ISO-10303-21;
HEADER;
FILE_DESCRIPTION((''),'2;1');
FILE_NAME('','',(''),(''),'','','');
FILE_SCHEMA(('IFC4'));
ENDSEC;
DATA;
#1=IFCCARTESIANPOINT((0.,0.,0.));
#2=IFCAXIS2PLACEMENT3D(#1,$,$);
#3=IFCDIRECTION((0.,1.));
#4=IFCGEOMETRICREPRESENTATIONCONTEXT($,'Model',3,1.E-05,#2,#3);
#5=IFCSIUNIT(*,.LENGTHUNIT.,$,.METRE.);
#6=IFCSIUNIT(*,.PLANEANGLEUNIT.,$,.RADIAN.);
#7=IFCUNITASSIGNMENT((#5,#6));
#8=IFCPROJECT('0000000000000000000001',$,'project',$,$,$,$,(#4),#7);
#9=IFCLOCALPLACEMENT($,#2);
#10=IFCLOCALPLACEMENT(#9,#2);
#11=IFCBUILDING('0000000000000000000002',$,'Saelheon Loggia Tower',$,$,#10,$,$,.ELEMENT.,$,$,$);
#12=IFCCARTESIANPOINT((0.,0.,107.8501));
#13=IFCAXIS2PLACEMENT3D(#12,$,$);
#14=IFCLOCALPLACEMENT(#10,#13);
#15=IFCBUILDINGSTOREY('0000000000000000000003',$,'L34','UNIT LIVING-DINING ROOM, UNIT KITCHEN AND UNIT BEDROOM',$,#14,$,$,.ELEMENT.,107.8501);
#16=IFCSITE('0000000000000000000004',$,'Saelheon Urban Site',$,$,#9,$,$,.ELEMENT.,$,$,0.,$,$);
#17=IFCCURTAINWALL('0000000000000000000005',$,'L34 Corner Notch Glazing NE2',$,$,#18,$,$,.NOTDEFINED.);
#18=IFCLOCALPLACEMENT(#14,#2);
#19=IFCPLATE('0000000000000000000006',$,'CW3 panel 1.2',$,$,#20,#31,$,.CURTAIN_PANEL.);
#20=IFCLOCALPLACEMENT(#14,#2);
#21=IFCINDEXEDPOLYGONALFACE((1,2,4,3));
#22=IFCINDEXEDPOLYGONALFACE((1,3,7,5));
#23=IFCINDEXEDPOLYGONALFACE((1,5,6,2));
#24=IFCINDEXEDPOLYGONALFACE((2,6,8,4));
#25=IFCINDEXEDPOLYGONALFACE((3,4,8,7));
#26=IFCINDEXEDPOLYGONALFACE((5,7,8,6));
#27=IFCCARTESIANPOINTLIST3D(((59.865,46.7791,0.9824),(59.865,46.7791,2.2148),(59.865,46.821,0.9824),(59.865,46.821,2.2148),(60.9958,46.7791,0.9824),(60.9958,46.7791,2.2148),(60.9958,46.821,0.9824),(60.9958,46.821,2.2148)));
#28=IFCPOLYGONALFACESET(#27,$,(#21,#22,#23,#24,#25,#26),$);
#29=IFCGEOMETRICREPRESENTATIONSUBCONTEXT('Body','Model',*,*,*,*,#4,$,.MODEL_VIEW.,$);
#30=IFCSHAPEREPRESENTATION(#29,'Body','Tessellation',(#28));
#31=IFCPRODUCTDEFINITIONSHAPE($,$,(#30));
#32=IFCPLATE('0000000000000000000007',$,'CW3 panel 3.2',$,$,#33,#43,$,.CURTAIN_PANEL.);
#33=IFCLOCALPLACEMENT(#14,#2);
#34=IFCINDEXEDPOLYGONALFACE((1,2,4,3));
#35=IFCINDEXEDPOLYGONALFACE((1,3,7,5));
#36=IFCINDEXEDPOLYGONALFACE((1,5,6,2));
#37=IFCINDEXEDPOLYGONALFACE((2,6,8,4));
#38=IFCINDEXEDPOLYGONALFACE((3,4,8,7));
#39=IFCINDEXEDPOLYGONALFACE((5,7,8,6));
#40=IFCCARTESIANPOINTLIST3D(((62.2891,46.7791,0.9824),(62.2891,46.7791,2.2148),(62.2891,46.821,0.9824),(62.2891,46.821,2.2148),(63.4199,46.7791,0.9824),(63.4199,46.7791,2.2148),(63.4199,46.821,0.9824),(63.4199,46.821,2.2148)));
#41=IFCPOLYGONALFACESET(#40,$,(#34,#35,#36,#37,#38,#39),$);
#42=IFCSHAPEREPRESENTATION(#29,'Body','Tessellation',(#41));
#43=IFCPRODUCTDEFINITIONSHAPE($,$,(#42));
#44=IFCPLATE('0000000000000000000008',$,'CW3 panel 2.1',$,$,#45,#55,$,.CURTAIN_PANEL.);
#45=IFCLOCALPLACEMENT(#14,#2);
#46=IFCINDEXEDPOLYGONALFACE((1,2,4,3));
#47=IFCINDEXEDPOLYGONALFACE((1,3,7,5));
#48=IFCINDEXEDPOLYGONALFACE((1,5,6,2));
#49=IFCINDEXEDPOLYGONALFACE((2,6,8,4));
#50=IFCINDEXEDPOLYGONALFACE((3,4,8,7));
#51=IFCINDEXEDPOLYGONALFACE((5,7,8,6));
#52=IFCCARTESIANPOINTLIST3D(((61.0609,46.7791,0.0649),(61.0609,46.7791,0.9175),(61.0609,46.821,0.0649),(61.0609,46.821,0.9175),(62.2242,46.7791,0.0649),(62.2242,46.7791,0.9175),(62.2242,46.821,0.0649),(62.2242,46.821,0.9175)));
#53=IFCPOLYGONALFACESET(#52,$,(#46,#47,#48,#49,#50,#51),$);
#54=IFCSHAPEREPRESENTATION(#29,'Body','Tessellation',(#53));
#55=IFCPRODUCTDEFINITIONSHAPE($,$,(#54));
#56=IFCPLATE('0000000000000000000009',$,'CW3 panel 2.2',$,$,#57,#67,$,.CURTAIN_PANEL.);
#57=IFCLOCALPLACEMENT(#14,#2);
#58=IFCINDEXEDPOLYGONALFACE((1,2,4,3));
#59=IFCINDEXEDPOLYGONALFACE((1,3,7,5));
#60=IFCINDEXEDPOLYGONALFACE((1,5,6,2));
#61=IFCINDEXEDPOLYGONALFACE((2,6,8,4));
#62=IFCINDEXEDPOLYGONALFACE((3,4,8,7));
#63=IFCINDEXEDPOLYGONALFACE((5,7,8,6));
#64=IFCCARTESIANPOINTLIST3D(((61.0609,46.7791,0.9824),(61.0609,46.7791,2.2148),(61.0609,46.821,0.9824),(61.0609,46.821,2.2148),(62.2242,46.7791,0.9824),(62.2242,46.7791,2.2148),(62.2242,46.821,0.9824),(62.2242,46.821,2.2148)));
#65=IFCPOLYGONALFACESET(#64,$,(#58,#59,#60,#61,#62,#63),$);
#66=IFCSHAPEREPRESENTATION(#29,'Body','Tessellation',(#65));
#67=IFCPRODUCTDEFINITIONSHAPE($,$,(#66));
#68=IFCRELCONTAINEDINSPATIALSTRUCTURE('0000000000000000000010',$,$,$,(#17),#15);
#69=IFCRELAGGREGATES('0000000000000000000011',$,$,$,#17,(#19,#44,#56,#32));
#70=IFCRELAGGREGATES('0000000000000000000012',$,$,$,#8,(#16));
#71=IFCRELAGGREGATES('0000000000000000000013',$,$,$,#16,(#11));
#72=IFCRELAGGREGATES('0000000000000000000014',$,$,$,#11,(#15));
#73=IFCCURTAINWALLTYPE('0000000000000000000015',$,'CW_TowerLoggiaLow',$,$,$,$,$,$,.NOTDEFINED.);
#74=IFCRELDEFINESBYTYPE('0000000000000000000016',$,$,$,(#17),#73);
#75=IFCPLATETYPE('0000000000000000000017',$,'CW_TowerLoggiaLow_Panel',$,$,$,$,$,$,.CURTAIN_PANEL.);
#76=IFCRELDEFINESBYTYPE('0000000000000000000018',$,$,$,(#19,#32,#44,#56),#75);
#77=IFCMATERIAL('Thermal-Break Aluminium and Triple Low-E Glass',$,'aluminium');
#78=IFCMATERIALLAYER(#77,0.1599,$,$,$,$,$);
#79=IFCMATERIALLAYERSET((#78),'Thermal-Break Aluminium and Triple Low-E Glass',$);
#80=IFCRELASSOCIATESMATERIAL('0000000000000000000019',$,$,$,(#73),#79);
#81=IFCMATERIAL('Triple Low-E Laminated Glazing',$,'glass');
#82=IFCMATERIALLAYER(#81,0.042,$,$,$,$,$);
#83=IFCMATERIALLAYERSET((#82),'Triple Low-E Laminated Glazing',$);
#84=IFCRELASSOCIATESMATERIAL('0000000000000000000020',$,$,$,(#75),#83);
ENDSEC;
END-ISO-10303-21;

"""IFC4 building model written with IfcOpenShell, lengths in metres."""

from ifc_helpers import new_model, si_unit, direction, frame, origin, origin_2d, place, context, subcontext, project, spatial, rectangle, extrude, source, transform, mapped, material, layer, layer_set, type_object, element, aggregate, save


model = new_model("IFC4")

# Units and contexts
model_context = context("Model", 3, precision=1e-05, world=origin(), true_north=direction((0.0, 1.0)))
body_context = subcontext(model_context, "Body", "Model", "MODEL_VIEW")
ifc_project = project(units=[si_unit("LENGTHUNIT", "METRE"), si_unit("PLANEANGLEUNIT", "RADIAN")], contexts=[model_context])

# Site, building, storey
site_placement = place(None, origin())
site = spatial("IfcSite", under=ifc_project, at=site_placement, Name="Saelheon Urban Site", CompositionType="ELEMENT", RefElevation=0.0)
building_placement = place(site_placement, origin())
building = spatial("IfcBuilding", under=site, at=building_placement, Name="Saelheon Loggia Tower", CompositionType="ELEMENT")
storey_placement = place(building_placement, frame((0.0, 0.0, 107.8501)))
storey = spatial("IfcBuildingStorey", under=building, at=storey_placement, Name="L34", Description="UNIT LIVING-DINING ROOM, UNIT KITCHEN AND UNIT BEDROOM", CompositionType="ELEMENT", Elevation=107.8501)

# Curtain wall, plates
ifc_material_1 = material(Name="Thermal-Break Aluminium and Triple Low-E Glass", Category="aluminium")
ifc_layer_1 = layer(ifc_material_1, 0.1599)
ifc_layer_set_1 = layer_set([ifc_layer_1], Name="Thermal-Break Aluminium and Triple Low-E Glass")
curtain_wall_type = type_object("IfcCurtainWallType", Name="CW_TowerLoggiaLow", PredefinedType="NOTDEFINED", material=ifc_layer_set_1)
curtain_wall_placement = place(storey_placement, origin())
curtain_wall = element("IfcCurtainWall", 1, at=curtain_wall_placement, inside=storey, type_object=curtain_wall_type, Name="L34 Corner Notch Glazing NE2", PredefinedType="NOTDEFINED")
ifc_material_2 = material(Name="Triple Low-E Laminated Glazing", Category="glass")
ifc_layer_2 = layer(ifc_material_2, 0.042)
ifc_layer_set_2 = layer_set([ifc_layer_2], Name="Triple Low-E Laminated Glazing")
plate_type = type_object("IfcPlateType", Name="CW_TowerLoggiaLow_Panel", PredefinedType="CURTAIN_PANEL", material=ifc_layer_set_2)
shared_shape_1 = source(origin(), body_context, "Body", "SweptSolid", [
    extrude(rectangle(XDim=1.1309, YDim=0.042, at=origin_2d()), origin(), (0.0, 0.0, 1.0), 1.2324),
])
plate_1_placement = place(storey_placement, frame((60.4304, 46.8, 0.9824), z_axis=(0.0, 0.0, 1.0), x_axis=(1.0, 0.0, 0.0)))
plate_1 = element("IfcPlate", 2, at=plate_1_placement, type_object=plate_type, Name="CW3 panel 1.2", PredefinedType="CURTAIN_PANEL", context=body_context, shape_type="MappedRepresentation", body=[
    mapped(shared_shape_1, transform((0.0, 0.0, 0.0), scale=1.0)),
])
plate_2_placement = place(storey_placement, frame((62.8545, 46.8, 0.9824), z_axis=(0.0, 0.0, 1.0), x_axis=(1.0, 0.0, 0.0)))
plate_2 = element("IfcPlate", 3, at=plate_2_placement, type_object=plate_type, Name="CW3 panel 3.2", PredefinedType="CURTAIN_PANEL", context=body_context, shape_type="MappedRepresentation", body=[
    mapped(shared_shape_1, transform((0.0, 0.0, 0.0), scale=1.0)),
])
shared_shape_2 = source(origin(), body_context, "Body", "SweptSolid", [
    extrude(rectangle(XDim=1.1633, YDim=0.042, at=origin_2d()), origin(), (0.0, 0.0, 1.0), 0.8525),
])
plate_3_placement = place(storey_placement, frame((61.6426, 46.8, 0.0649), z_axis=(0.0, 0.0, 1.0), x_axis=(1.0, 0.0, 0.0)))
plate_3 = element("IfcPlate", 4, at=plate_3_placement, type_object=plate_type, Name="CW3 panel 2.1", PredefinedType="CURTAIN_PANEL", context=body_context, shape_type="MappedRepresentation", body=[
    mapped(shared_shape_2, transform((0.0, 0.0, 0.0), scale=1.0)),
])
shared_shape_3 = source(origin(), body_context, "Body", "SweptSolid", [
    extrude(rectangle(XDim=1.1633, YDim=0.042, at=origin_2d()), origin(), (0.0, 0.0, 1.0), 1.2324),
])
plate_4_placement = place(storey_placement, frame((61.6426, 46.8, 0.9824), z_axis=(0.0, 0.0, 1.0), x_axis=(1.0, 0.0, 0.0)))
plate_4 = element("IfcPlate", 5, at=plate_4_placement, type_object=plate_type, Name="CW3 panel 2.2", PredefinedType="CURTAIN_PANEL", context=body_context, shape_type="MappedRepresentation", body=[
    mapped(shared_shape_3, transform((0.0, 0.0, 0.0), scale=1.0)),
])
aggregate(curtain_wall, [plate_1, plate_3, plate_4, plate_2])

save(model, "model.ifc")
